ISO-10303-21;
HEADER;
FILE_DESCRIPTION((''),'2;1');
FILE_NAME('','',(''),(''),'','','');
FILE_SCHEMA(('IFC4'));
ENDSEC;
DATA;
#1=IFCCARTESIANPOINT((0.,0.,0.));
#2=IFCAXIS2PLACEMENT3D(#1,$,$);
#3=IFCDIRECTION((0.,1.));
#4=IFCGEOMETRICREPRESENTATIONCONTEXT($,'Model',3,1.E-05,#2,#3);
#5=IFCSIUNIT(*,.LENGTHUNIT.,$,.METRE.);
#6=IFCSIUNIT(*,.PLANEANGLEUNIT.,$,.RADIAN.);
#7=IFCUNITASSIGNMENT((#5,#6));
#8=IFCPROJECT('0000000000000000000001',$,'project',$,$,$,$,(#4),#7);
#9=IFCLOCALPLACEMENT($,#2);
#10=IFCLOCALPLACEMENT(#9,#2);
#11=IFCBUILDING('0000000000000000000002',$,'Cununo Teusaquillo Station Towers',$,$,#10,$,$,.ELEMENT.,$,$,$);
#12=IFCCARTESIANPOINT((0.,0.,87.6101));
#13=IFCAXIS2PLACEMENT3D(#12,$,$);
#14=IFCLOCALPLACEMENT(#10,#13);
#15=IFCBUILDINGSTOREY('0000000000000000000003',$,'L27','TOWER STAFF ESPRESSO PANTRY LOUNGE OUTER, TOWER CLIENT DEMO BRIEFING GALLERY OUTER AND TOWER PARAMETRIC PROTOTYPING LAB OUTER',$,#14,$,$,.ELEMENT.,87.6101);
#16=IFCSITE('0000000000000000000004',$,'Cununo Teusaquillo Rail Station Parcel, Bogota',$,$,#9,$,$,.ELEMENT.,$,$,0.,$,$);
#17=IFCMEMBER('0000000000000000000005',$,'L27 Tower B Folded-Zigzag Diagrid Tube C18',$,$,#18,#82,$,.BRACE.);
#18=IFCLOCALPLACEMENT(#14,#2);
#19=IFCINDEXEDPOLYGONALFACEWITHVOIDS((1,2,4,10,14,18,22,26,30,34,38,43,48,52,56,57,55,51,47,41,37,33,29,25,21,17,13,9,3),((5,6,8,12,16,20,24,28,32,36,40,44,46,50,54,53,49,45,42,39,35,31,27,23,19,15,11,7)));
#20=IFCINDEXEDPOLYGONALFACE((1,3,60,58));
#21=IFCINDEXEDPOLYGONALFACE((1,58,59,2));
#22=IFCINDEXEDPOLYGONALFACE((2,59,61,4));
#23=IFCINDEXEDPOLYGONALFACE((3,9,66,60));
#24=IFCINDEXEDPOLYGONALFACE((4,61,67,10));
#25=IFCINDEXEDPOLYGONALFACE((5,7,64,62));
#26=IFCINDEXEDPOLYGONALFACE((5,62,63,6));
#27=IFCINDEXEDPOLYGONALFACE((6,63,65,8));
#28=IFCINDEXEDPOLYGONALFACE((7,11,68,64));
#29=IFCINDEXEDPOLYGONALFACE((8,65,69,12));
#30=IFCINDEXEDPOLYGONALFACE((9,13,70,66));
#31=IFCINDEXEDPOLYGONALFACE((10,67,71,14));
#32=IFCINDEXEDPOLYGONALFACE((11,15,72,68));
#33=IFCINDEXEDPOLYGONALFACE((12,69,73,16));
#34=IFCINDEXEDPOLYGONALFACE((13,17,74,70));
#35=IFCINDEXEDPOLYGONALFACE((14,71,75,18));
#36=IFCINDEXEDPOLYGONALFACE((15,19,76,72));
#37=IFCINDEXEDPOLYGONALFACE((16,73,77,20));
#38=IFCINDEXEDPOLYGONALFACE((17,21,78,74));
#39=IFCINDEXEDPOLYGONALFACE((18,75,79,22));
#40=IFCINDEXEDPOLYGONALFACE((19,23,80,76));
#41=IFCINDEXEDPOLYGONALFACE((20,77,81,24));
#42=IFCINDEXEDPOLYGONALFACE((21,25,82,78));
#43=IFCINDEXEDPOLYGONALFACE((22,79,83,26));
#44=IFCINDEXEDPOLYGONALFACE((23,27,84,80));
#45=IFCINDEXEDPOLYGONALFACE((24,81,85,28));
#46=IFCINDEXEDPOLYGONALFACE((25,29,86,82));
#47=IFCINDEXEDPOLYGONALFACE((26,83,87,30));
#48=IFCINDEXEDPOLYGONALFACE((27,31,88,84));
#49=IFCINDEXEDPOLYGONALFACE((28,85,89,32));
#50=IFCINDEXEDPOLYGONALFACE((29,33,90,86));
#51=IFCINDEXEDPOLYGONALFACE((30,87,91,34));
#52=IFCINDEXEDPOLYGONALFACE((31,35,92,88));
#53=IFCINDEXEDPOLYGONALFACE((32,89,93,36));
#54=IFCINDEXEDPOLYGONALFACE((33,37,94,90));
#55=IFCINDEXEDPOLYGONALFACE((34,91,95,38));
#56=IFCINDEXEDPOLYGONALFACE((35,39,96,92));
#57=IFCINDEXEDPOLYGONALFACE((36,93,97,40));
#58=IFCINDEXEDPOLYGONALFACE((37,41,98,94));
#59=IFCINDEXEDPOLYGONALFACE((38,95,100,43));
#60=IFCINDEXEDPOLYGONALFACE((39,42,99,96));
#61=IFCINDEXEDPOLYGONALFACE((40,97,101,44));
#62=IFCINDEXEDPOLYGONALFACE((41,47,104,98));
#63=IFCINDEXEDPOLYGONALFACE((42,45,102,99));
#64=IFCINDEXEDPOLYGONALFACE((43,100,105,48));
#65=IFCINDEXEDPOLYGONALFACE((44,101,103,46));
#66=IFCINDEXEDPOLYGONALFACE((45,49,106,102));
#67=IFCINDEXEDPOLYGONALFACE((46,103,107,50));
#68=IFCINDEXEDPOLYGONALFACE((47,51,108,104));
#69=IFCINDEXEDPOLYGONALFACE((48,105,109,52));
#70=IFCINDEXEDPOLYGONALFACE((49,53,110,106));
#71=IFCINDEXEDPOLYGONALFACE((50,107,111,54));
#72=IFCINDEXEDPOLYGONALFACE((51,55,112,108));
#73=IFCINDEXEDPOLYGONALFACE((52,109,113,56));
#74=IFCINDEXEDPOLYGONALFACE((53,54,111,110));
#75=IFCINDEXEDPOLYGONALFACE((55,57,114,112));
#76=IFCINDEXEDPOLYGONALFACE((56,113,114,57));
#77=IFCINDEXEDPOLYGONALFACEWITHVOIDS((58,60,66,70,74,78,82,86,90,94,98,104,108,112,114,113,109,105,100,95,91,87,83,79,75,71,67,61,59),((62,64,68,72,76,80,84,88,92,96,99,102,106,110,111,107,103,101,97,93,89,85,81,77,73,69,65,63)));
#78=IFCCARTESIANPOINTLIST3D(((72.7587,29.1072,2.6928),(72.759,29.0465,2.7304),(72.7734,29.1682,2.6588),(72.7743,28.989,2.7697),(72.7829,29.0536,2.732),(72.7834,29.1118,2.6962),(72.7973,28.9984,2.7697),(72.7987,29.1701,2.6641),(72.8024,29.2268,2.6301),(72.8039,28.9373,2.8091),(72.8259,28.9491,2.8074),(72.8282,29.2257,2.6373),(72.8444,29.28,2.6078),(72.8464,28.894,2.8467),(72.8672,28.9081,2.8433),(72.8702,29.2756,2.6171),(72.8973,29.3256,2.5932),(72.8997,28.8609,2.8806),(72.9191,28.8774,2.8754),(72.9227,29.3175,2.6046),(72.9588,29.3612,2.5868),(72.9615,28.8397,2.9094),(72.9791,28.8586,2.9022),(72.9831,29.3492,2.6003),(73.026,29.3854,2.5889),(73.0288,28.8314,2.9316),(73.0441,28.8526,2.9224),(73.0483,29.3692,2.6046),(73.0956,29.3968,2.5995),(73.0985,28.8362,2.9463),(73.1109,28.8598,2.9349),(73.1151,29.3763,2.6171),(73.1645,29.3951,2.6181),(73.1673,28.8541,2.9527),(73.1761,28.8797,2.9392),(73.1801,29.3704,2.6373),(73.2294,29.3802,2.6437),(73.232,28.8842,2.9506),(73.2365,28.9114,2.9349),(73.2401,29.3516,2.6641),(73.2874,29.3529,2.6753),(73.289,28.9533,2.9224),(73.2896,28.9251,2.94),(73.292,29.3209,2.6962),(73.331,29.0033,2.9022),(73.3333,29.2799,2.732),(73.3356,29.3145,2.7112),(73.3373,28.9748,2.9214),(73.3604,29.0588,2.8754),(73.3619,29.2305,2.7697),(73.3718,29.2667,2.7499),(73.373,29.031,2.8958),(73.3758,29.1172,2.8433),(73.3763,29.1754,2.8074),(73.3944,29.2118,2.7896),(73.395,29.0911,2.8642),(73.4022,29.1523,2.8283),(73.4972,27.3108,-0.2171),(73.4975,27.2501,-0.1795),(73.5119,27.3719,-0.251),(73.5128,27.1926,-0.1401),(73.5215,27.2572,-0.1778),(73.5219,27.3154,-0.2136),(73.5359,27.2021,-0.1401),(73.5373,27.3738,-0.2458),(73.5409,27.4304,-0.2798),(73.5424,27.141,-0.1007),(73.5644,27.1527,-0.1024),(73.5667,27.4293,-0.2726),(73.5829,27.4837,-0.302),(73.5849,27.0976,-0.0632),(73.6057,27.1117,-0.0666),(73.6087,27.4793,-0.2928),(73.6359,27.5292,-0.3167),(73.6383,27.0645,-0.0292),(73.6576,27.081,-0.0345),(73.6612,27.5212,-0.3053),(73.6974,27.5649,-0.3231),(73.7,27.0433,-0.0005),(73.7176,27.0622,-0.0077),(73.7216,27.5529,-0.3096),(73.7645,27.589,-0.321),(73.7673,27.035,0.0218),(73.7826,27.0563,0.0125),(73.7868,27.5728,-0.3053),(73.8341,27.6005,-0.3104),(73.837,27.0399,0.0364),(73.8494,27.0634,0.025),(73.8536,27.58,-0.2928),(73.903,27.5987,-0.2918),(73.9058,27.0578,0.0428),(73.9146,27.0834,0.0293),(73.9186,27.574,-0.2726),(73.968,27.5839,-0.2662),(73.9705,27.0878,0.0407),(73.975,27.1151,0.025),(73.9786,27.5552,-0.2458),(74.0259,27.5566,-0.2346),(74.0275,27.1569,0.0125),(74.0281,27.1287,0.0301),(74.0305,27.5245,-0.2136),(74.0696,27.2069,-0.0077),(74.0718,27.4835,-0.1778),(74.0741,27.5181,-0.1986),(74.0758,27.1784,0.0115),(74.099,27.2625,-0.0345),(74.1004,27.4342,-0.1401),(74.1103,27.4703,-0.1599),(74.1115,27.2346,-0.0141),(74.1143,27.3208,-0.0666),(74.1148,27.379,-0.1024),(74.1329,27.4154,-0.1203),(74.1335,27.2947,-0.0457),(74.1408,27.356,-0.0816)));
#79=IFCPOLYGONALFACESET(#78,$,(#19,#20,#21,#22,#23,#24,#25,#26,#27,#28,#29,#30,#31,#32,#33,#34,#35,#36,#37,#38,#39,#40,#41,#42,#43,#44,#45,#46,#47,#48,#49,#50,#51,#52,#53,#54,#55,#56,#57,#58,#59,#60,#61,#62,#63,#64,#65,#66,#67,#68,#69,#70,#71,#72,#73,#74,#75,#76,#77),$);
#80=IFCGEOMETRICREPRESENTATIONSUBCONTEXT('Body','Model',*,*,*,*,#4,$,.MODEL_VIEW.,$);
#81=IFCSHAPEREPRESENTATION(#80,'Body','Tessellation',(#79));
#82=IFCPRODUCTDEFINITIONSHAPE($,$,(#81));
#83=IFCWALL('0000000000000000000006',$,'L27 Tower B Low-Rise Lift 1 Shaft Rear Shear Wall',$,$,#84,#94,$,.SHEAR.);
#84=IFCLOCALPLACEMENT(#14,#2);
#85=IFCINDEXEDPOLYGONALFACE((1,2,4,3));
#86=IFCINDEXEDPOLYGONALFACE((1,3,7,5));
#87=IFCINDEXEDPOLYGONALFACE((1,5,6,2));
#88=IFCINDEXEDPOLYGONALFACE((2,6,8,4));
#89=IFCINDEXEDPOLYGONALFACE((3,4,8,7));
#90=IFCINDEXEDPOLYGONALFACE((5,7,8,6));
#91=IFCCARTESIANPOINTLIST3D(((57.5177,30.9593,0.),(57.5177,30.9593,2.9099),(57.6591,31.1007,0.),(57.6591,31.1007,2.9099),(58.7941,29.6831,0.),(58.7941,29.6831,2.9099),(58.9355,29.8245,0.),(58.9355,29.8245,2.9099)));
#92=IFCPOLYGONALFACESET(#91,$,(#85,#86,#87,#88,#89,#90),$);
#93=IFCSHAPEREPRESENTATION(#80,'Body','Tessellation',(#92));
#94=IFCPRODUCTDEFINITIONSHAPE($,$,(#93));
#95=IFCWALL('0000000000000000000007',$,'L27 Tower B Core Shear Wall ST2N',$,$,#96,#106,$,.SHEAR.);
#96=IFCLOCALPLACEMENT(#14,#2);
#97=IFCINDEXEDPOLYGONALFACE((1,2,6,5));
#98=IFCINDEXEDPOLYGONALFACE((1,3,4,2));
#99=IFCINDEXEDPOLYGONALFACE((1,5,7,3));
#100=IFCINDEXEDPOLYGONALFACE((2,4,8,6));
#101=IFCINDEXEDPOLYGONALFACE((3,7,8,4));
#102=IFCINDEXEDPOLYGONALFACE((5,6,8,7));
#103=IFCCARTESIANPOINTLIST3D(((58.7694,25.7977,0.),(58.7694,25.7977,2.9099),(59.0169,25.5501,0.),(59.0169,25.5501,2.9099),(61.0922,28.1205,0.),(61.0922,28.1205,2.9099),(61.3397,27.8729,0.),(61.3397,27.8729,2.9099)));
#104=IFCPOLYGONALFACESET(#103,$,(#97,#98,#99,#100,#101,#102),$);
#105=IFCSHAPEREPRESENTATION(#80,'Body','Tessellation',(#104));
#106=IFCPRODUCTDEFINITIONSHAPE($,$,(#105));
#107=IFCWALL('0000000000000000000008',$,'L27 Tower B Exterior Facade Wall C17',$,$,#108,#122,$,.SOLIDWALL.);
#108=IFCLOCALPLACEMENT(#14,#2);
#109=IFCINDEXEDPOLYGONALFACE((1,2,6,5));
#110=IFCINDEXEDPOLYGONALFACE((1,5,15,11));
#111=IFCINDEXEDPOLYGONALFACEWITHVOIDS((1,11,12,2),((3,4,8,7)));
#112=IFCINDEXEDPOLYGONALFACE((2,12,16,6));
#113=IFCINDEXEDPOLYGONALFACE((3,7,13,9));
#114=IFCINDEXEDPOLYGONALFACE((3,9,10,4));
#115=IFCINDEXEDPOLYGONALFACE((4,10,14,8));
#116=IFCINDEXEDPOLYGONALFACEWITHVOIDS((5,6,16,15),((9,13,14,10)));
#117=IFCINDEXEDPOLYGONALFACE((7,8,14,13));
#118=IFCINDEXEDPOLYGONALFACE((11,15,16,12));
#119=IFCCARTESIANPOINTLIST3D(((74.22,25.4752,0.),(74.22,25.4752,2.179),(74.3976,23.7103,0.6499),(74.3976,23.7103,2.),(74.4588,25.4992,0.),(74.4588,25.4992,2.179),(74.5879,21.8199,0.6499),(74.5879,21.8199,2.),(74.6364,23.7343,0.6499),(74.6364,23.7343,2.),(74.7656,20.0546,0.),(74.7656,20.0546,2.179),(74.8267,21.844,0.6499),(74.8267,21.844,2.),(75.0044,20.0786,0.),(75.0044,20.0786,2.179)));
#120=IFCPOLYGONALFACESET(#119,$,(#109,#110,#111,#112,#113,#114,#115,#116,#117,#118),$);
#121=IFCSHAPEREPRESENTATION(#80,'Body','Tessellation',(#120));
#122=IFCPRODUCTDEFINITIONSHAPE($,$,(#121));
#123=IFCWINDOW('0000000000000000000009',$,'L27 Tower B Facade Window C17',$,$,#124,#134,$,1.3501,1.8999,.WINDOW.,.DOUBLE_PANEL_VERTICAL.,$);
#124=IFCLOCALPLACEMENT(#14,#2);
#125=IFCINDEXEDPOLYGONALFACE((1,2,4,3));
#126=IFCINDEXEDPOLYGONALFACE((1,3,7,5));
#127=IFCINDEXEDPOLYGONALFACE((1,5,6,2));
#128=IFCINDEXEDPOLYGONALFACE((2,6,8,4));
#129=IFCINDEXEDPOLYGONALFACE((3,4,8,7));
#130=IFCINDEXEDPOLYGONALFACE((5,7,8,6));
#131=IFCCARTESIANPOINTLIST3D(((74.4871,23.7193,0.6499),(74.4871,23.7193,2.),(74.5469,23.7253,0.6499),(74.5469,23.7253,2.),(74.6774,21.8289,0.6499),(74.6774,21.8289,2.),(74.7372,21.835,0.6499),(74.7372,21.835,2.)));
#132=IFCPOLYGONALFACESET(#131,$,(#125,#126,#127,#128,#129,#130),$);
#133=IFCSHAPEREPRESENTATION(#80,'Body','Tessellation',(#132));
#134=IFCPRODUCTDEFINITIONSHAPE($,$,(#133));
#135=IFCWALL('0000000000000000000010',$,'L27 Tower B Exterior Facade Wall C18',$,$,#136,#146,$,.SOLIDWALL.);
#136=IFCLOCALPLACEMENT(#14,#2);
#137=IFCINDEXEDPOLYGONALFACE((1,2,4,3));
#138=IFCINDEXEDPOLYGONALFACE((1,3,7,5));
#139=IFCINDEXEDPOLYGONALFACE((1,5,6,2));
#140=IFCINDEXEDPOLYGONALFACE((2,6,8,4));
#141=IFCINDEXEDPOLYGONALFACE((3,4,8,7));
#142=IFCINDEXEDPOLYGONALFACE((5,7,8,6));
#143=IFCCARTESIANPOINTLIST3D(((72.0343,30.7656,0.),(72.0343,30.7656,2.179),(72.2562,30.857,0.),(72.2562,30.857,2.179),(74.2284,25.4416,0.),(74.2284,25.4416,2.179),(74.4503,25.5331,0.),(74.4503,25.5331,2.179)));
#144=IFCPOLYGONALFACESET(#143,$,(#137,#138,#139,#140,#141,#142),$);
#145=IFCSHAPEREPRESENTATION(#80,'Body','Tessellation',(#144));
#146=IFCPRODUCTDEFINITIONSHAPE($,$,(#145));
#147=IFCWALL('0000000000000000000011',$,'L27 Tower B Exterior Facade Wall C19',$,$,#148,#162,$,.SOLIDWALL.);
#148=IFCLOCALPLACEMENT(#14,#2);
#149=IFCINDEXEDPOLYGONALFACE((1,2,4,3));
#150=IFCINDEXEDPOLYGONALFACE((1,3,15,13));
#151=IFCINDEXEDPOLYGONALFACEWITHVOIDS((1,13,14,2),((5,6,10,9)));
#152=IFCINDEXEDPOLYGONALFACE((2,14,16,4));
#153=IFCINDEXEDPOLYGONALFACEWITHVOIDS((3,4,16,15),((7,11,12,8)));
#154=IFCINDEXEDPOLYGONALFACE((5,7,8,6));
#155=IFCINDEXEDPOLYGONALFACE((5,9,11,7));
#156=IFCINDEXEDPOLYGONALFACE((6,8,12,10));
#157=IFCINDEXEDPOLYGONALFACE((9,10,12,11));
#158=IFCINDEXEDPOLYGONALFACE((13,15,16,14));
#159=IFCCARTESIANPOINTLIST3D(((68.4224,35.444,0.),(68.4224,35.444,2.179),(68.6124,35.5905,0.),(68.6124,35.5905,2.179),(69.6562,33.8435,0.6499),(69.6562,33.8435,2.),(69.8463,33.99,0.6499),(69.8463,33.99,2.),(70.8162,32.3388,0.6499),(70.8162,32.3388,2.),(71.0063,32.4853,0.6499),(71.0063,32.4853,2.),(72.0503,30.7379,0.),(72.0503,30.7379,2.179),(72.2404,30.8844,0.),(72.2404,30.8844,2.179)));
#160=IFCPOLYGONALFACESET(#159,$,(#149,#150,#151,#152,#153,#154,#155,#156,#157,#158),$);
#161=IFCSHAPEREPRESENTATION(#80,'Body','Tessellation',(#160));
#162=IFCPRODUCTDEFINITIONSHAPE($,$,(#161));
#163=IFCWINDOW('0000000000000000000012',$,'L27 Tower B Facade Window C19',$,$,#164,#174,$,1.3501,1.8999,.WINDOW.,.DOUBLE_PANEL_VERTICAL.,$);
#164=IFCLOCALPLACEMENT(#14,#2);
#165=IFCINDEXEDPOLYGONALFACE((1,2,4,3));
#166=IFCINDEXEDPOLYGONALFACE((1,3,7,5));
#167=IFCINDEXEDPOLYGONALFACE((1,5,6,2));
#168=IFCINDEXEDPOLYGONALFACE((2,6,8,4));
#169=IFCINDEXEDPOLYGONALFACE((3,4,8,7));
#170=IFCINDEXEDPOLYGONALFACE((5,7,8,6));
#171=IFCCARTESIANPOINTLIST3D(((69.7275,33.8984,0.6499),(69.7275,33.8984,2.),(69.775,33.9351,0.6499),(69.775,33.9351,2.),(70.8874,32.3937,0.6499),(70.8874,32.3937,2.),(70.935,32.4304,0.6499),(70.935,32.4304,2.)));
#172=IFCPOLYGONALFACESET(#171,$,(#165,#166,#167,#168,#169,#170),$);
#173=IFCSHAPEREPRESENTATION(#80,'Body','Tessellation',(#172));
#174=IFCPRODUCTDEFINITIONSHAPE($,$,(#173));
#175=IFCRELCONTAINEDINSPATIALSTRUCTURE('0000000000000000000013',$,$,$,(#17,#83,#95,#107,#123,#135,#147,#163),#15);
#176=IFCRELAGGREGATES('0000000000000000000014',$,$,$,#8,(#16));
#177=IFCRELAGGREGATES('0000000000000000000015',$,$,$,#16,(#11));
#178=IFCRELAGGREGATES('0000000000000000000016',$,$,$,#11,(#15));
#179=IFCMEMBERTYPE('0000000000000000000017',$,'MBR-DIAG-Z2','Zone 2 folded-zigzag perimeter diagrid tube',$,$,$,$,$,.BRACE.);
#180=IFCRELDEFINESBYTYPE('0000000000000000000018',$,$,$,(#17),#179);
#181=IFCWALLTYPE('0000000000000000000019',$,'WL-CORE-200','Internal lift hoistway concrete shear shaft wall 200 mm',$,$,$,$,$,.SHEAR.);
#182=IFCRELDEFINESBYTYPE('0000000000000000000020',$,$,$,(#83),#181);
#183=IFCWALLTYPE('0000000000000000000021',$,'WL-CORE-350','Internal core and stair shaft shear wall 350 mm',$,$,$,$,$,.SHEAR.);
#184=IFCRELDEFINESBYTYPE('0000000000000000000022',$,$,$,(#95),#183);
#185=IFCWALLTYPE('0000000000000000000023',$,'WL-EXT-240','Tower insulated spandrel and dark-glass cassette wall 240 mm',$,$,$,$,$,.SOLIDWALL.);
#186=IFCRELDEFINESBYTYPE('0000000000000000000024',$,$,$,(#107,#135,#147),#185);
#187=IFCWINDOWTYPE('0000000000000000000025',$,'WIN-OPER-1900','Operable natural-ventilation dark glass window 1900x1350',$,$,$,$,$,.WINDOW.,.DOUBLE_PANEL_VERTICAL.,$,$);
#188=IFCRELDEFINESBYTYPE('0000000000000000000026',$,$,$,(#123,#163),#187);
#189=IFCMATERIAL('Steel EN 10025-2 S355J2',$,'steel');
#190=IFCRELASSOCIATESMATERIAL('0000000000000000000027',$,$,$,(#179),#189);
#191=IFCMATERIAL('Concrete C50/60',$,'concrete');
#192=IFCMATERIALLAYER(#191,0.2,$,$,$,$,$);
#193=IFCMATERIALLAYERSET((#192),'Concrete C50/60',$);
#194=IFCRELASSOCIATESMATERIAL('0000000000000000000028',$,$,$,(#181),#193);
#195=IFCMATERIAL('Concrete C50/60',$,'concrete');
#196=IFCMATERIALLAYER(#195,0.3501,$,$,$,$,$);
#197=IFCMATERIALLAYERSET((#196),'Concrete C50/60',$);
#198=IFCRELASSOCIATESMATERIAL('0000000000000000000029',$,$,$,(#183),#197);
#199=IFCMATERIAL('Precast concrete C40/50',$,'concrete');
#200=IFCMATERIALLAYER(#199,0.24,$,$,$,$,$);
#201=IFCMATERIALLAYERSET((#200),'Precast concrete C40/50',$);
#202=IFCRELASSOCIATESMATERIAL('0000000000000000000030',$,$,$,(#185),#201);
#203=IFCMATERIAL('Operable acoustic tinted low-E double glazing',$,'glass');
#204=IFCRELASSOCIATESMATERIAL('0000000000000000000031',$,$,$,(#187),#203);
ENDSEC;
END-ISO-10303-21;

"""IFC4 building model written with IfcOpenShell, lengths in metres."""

from ifc_helpers import new_model, si_unit, direction, frame, frame_2d, origin, origin_2d, place, context, subcontext, project, spatial, rectangle, hollow_circle, extrude, source, transform, mapped, material, layer, layer_set, material_profile, profile_set, type_object, element, fill, save


model = new_model("IFC4")

# Units and contexts
model_context = context("Model", 3, precision=1e-05, world=origin(), true_north=direction((0.0, 1.0)))
body_context = subcontext(model_context, "Body", "Model", "MODEL_VIEW")
ifc_project = project(units=[si_unit("LENGTHUNIT", "METRE"), si_unit("PLANEANGLEUNIT", "RADIAN")], contexts=[model_context])

# Site, building, storey
site_placement = place(None, origin())
site = spatial("IfcSite", under=ifc_project, at=site_placement, Name="Cununo Teusaquillo Rail Station Parcel, Bogota", CompositionType="ELEMENT", RefElevation=0.0)
building_placement = place(site_placement, origin())
building = spatial("IfcBuilding", under=site, at=building_placement, Name="Cununo Teusaquillo Station Towers", CompositionType="ELEMENT")
storey_placement = place(building_placement, frame((0.0, 0.0, 87.6101)))
storey = spatial("IfcBuildingStorey", under=building, at=storey_placement, Name="L27", Description="TOWER STAFF ESPRESSO PANTRY LOUNGE OUTER, TOWER CLIENT DEMO BRIEFING GALLERY OUTER AND TOWER PARAMETRIC PROTOTYPING LAB OUTER", CompositionType="ELEMENT", Elevation=87.6101)

# Member
ifc_material_1 = material(Name="Steel EN 10025-2 S355J2", Category="steel")
ifc_material_profile_1 = material_profile(ifc_material_1, hollow_circle(Radius=0.3301, WallThickness=0.0249, at=origin_2d()), Name="CHS 660x25")
ifc_profile_set_1 = profile_set([ifc_material_profile_1], Name="Steel EN 10025-2 S355J2")
member_type = type_object("IfcMemberType", Name="MBR-DIAG-Z2", Description="Zone 2 folded-zigzag perimeter diagrid tube", PredefinedType="BRACE", material=ifc_profile_set_1)
member_placement = place(storey_placement, frame((73.8181, 27.3181, -0.1401), z_axis=(-0.211093, 0.513463, 0.831743), x_axis=(-0.924889, -0.380238, 0.0)))
element("IfcMember", 1, at=member_placement, inside=storey, type_object=member_type, Name="L27 Tower B Folded-Zigzag Diagrid Tube C18", PredefinedType="BRACE", context=body_context, shape_type="SweptSolid", body=[
    extrude(hollow_circle(Radius=0.3301, WallThickness=0.0249, at=origin_2d()), origin(), (0.0, 0.0, 1.0), 3.4985),
])

# Walls
ifc_material_2 = material(Name="Concrete C50/60", Category="concrete")
ifc_layer_1 = layer(ifc_material_2, 0.2)
ifc_layer_set_1 = layer_set([ifc_layer_1], Name="Concrete C50/60")
wall_type_1 = type_object("IfcWallType", Name="WL-CORE-200", Description="Internal lift hoistway concrete shear shaft wall 200 mm", PredefinedType="SHEAR", material=ifc_layer_set_1)
wall_1_placement = place(storey_placement, frame((58.8647, 29.7539, 0.0), z_axis=(0.0, 0.0, 1.0), x_axis=(-0.707174, 0.707039, 0.0)))
element("IfcWall", 2, at=wall_1_placement, inside=storey, type_object=wall_type_1, Name="L27 Tower B Low-Rise Lift 1 Shaft Rear Shear Wall", PredefinedType="SHEAR", context=body_context, shape_type="SweptSolid", body=[
    extrude(rectangle(XDim=1.8049, YDim=0.2, at=frame_2d((0.9023, 0.0))), origin(), (0.0, 0.0, 1.0), 2.9099),
])
ifc_material_3 = material(Name="Concrete C50/60", Category="concrete")
ifc_layer_2 = layer(ifc_material_3, 0.3501)
ifc_layer_set_2 = layer_set([ifc_layer_2], Name="Concrete C50/60")
wall_type_2 = type_object("IfcWallType", Name="WL-CORE-350", Description="Internal core and stair shaft shear wall 350 mm", PredefinedType="SHEAR", material=ifc_layer_set_2)
wall_2_placement = place(storey_placement, frame((58.8931, 25.6738, 0.0), z_axis=(0.0, 0.0, 1.0), x_axis=(0.707107, 0.707107, 0.0)))
element("IfcWall", 3, at=wall_2_placement, inside=storey, type_object=wall_type_2, Name="L27 Tower B Core Shear Wall ST2N", PredefinedType="SHEAR", context=body_context, shape_type="SweptSolid", body=[
    extrude(rectangle(XDim=3.2849, YDim=0.3501, at=frame_2d((1.6426, 0.0))), origin(), (0.0, 0.0, 1.0), 2.9099),
])

# Wall, opening, window
ifc_material_4 = material(Name="Precast concrete C40/50", Category="concrete")
ifc_layer_3 = layer(ifc_material_4, 0.24)
ifc_layer_set_3 = layer_set([ifc_layer_3], Name="Precast concrete C40/50")
wall_type_3 = type_object("IfcWallType", Name="WL-EXT-240", Description="Tower insulated spandrel and dark-glass cassette wall 240 mm", PredefinedType="SOLIDWALL", material=ifc_layer_set_3)
wall_3_placement = place(storey_placement, frame((74.3394, 25.4873, 0.0), z_axis=(0.0, 0.0, 1.0), x_axis=(0.100156, -0.994972, 0.0)))
wall_3 = element("IfcWall", 4, at=wall_3_placement, inside=storey, type_object=wall_type_3, Name="L27 Tower B Exterior Facade Wall C17", PredefinedType="SOLIDWALL", context=body_context, shape_type="SweptSolid", body=[
    extrude(rectangle(XDim=5.448, YDim=0.24, at=frame_2d((2.7241, 0.0))), origin(), (0.0, 0.0, 1.0), 2.179),
])
shared_shape_1 = source(origin(), body_context, "Body", "SweptSolid", [
    extrude(rectangle(XDim=1.8999, YDim=1.3501, at=frame_2d((0.95, 0.675))), frame((0.0, 0.1299, 0.0), z_axis=(0.0, -1.0, 0.0), x_axis=(1.0, 0.0, 0.0)), (0.0, 0.0, 1.0), 0.26),
])
opening_1_placement = place(wall_3_placement, frame((1.7739, 0.0, 0.6499)))
opening_1 = element("IfcOpeningElement", 5, at=opening_1_placement, cuts=wall_3, PredefinedType="OPENING", context=body_context, shape_type="MappedRepresentation", body=[
    mapped(shared_shape_1, transform((0.0, 0.0, 0.0), x_axis=(1.0, 0.0, 0.0), y_axis=(0.0, 1.0, 0.0), z_axis=(0.0, 0.0, 1.0), scale=1.0)),
])
ifc_material_5 = material(Name="Operable acoustic tinted low-E double glazing", Category="glass")
window_type = type_object("IfcWindowType", Name="WIN-OPER-1900", Description="Operable natural-ventilation dark glass window 1900x1350", PartitioningType="DOUBLE_PANEL_VERTICAL", PredefinedType="WINDOW", material=ifc_material_5)
shared_shape_2 = source(origin(), body_context, "Body", "SweptSolid", [
    extrude(rectangle(XDim=1.8999, YDim=1.3501, at=frame_2d((0.95, 0.675))), frame((0.0, 0.03, 0.0), z_axis=(0.0, -1.0, 0.0), x_axis=(1.0, 0.0, 0.0)), (0.0, 0.0, 1.0), 0.0601),
])
window_1_placement = place(opening_1_placement, origin())
window_1 = element("IfcWindow", 6, at=window_1_placement, inside=storey, type_object=window_type, Name="L27 Tower B Facade Window C17", OverallHeight=1.3501, OverallWidth=1.8999, PartitioningType="DOUBLE_PANEL_VERTICAL", PredefinedType="WINDOW", context=body_context, shape_type="MappedRepresentation", body=[
    mapped(shared_shape_2, transform((0.0, 0.0, 0.0), x_axis=(1.0, 0.0, 0.0), y_axis=(0.0, 1.0, 0.0), z_axis=(0.0, 0.0, 1.0), scale=1.0)),
])
fill(opening_1, window_1)

# Wall
wall_4_placement = place(storey_placement, frame((72.1453, 30.8113, 0.0), z_axis=(0.0, 0.0, 1.0), x_axis=(0.381027, -0.924564, 0.0)))
element("IfcWall", 7, at=wall_4_placement, inside=storey, type_object=wall_type_3, Name="L27 Tower B Exterior Facade Wall C18", PredefinedType="SOLIDWALL", context=body_context, shape_type="SweptSolid", body=[
    extrude(rectangle(XDim=5.7583, YDim=0.24, at=frame_2d((2.8792, 0.0))), origin(), (0.0, 0.0, 1.0), 2.179),
])

# Wall, opening, window
wall_5_placement = place(storey_placement, frame((68.5173, 35.5173, 0.0), z_axis=(0.0, 0.0, 1.0), x_axis=(0.610544, -0.791982, 0.0)))
wall_5 = element("IfcWall", 8, at=wall_5_placement, inside=storey, type_object=wall_type_3, Name="L27 Tower B Exterior Facade Wall C19", PredefinedType="SOLIDWALL", context=body_context, shape_type="SweptSolid", body=[
    extrude(rectangle(XDim=5.9421, YDim=0.24, at=frame_2d((2.9712, 0.0))), origin(), (0.0, 0.0, 1.0), 2.179),
])
opening_2_placement = place(wall_5_placement, frame((2.021, 0.0, 0.6499)))
opening_2 = element("IfcOpeningElement", 9, at=opening_2_placement, cuts=wall_5, PredefinedType="OPENING", context=body_context, shape_type="MappedRepresentation", body=[
    mapped(shared_shape_1, transform((0.0, 0.0, 0.0), x_axis=(1.0, 0.0, 0.0), y_axis=(0.0, 1.0, 0.0), z_axis=(0.0, 0.0, 1.0), scale=1.0)),
])
window_2_placement = place(opening_2_placement, origin())
window_2 = element("IfcWindow", 10, at=window_2_placement, inside=storey, type_object=window_type, Name="L27 Tower B Facade Window C19", OverallHeight=1.3501, OverallWidth=1.8999, PartitioningType="DOUBLE_PANEL_VERTICAL", PredefinedType="WINDOW", context=body_context, shape_type="MappedRepresentation", body=[
    mapped(shared_shape_2, transform((0.0, 0.0, 0.0), x_axis=(1.0, 0.0, 0.0), y_axis=(0.0, 1.0, 0.0), z_axis=(0.0, 0.0, 1.0), scale=1.0)),
])
fill(opening_2, window_2)

save(model, "model.ifc")
